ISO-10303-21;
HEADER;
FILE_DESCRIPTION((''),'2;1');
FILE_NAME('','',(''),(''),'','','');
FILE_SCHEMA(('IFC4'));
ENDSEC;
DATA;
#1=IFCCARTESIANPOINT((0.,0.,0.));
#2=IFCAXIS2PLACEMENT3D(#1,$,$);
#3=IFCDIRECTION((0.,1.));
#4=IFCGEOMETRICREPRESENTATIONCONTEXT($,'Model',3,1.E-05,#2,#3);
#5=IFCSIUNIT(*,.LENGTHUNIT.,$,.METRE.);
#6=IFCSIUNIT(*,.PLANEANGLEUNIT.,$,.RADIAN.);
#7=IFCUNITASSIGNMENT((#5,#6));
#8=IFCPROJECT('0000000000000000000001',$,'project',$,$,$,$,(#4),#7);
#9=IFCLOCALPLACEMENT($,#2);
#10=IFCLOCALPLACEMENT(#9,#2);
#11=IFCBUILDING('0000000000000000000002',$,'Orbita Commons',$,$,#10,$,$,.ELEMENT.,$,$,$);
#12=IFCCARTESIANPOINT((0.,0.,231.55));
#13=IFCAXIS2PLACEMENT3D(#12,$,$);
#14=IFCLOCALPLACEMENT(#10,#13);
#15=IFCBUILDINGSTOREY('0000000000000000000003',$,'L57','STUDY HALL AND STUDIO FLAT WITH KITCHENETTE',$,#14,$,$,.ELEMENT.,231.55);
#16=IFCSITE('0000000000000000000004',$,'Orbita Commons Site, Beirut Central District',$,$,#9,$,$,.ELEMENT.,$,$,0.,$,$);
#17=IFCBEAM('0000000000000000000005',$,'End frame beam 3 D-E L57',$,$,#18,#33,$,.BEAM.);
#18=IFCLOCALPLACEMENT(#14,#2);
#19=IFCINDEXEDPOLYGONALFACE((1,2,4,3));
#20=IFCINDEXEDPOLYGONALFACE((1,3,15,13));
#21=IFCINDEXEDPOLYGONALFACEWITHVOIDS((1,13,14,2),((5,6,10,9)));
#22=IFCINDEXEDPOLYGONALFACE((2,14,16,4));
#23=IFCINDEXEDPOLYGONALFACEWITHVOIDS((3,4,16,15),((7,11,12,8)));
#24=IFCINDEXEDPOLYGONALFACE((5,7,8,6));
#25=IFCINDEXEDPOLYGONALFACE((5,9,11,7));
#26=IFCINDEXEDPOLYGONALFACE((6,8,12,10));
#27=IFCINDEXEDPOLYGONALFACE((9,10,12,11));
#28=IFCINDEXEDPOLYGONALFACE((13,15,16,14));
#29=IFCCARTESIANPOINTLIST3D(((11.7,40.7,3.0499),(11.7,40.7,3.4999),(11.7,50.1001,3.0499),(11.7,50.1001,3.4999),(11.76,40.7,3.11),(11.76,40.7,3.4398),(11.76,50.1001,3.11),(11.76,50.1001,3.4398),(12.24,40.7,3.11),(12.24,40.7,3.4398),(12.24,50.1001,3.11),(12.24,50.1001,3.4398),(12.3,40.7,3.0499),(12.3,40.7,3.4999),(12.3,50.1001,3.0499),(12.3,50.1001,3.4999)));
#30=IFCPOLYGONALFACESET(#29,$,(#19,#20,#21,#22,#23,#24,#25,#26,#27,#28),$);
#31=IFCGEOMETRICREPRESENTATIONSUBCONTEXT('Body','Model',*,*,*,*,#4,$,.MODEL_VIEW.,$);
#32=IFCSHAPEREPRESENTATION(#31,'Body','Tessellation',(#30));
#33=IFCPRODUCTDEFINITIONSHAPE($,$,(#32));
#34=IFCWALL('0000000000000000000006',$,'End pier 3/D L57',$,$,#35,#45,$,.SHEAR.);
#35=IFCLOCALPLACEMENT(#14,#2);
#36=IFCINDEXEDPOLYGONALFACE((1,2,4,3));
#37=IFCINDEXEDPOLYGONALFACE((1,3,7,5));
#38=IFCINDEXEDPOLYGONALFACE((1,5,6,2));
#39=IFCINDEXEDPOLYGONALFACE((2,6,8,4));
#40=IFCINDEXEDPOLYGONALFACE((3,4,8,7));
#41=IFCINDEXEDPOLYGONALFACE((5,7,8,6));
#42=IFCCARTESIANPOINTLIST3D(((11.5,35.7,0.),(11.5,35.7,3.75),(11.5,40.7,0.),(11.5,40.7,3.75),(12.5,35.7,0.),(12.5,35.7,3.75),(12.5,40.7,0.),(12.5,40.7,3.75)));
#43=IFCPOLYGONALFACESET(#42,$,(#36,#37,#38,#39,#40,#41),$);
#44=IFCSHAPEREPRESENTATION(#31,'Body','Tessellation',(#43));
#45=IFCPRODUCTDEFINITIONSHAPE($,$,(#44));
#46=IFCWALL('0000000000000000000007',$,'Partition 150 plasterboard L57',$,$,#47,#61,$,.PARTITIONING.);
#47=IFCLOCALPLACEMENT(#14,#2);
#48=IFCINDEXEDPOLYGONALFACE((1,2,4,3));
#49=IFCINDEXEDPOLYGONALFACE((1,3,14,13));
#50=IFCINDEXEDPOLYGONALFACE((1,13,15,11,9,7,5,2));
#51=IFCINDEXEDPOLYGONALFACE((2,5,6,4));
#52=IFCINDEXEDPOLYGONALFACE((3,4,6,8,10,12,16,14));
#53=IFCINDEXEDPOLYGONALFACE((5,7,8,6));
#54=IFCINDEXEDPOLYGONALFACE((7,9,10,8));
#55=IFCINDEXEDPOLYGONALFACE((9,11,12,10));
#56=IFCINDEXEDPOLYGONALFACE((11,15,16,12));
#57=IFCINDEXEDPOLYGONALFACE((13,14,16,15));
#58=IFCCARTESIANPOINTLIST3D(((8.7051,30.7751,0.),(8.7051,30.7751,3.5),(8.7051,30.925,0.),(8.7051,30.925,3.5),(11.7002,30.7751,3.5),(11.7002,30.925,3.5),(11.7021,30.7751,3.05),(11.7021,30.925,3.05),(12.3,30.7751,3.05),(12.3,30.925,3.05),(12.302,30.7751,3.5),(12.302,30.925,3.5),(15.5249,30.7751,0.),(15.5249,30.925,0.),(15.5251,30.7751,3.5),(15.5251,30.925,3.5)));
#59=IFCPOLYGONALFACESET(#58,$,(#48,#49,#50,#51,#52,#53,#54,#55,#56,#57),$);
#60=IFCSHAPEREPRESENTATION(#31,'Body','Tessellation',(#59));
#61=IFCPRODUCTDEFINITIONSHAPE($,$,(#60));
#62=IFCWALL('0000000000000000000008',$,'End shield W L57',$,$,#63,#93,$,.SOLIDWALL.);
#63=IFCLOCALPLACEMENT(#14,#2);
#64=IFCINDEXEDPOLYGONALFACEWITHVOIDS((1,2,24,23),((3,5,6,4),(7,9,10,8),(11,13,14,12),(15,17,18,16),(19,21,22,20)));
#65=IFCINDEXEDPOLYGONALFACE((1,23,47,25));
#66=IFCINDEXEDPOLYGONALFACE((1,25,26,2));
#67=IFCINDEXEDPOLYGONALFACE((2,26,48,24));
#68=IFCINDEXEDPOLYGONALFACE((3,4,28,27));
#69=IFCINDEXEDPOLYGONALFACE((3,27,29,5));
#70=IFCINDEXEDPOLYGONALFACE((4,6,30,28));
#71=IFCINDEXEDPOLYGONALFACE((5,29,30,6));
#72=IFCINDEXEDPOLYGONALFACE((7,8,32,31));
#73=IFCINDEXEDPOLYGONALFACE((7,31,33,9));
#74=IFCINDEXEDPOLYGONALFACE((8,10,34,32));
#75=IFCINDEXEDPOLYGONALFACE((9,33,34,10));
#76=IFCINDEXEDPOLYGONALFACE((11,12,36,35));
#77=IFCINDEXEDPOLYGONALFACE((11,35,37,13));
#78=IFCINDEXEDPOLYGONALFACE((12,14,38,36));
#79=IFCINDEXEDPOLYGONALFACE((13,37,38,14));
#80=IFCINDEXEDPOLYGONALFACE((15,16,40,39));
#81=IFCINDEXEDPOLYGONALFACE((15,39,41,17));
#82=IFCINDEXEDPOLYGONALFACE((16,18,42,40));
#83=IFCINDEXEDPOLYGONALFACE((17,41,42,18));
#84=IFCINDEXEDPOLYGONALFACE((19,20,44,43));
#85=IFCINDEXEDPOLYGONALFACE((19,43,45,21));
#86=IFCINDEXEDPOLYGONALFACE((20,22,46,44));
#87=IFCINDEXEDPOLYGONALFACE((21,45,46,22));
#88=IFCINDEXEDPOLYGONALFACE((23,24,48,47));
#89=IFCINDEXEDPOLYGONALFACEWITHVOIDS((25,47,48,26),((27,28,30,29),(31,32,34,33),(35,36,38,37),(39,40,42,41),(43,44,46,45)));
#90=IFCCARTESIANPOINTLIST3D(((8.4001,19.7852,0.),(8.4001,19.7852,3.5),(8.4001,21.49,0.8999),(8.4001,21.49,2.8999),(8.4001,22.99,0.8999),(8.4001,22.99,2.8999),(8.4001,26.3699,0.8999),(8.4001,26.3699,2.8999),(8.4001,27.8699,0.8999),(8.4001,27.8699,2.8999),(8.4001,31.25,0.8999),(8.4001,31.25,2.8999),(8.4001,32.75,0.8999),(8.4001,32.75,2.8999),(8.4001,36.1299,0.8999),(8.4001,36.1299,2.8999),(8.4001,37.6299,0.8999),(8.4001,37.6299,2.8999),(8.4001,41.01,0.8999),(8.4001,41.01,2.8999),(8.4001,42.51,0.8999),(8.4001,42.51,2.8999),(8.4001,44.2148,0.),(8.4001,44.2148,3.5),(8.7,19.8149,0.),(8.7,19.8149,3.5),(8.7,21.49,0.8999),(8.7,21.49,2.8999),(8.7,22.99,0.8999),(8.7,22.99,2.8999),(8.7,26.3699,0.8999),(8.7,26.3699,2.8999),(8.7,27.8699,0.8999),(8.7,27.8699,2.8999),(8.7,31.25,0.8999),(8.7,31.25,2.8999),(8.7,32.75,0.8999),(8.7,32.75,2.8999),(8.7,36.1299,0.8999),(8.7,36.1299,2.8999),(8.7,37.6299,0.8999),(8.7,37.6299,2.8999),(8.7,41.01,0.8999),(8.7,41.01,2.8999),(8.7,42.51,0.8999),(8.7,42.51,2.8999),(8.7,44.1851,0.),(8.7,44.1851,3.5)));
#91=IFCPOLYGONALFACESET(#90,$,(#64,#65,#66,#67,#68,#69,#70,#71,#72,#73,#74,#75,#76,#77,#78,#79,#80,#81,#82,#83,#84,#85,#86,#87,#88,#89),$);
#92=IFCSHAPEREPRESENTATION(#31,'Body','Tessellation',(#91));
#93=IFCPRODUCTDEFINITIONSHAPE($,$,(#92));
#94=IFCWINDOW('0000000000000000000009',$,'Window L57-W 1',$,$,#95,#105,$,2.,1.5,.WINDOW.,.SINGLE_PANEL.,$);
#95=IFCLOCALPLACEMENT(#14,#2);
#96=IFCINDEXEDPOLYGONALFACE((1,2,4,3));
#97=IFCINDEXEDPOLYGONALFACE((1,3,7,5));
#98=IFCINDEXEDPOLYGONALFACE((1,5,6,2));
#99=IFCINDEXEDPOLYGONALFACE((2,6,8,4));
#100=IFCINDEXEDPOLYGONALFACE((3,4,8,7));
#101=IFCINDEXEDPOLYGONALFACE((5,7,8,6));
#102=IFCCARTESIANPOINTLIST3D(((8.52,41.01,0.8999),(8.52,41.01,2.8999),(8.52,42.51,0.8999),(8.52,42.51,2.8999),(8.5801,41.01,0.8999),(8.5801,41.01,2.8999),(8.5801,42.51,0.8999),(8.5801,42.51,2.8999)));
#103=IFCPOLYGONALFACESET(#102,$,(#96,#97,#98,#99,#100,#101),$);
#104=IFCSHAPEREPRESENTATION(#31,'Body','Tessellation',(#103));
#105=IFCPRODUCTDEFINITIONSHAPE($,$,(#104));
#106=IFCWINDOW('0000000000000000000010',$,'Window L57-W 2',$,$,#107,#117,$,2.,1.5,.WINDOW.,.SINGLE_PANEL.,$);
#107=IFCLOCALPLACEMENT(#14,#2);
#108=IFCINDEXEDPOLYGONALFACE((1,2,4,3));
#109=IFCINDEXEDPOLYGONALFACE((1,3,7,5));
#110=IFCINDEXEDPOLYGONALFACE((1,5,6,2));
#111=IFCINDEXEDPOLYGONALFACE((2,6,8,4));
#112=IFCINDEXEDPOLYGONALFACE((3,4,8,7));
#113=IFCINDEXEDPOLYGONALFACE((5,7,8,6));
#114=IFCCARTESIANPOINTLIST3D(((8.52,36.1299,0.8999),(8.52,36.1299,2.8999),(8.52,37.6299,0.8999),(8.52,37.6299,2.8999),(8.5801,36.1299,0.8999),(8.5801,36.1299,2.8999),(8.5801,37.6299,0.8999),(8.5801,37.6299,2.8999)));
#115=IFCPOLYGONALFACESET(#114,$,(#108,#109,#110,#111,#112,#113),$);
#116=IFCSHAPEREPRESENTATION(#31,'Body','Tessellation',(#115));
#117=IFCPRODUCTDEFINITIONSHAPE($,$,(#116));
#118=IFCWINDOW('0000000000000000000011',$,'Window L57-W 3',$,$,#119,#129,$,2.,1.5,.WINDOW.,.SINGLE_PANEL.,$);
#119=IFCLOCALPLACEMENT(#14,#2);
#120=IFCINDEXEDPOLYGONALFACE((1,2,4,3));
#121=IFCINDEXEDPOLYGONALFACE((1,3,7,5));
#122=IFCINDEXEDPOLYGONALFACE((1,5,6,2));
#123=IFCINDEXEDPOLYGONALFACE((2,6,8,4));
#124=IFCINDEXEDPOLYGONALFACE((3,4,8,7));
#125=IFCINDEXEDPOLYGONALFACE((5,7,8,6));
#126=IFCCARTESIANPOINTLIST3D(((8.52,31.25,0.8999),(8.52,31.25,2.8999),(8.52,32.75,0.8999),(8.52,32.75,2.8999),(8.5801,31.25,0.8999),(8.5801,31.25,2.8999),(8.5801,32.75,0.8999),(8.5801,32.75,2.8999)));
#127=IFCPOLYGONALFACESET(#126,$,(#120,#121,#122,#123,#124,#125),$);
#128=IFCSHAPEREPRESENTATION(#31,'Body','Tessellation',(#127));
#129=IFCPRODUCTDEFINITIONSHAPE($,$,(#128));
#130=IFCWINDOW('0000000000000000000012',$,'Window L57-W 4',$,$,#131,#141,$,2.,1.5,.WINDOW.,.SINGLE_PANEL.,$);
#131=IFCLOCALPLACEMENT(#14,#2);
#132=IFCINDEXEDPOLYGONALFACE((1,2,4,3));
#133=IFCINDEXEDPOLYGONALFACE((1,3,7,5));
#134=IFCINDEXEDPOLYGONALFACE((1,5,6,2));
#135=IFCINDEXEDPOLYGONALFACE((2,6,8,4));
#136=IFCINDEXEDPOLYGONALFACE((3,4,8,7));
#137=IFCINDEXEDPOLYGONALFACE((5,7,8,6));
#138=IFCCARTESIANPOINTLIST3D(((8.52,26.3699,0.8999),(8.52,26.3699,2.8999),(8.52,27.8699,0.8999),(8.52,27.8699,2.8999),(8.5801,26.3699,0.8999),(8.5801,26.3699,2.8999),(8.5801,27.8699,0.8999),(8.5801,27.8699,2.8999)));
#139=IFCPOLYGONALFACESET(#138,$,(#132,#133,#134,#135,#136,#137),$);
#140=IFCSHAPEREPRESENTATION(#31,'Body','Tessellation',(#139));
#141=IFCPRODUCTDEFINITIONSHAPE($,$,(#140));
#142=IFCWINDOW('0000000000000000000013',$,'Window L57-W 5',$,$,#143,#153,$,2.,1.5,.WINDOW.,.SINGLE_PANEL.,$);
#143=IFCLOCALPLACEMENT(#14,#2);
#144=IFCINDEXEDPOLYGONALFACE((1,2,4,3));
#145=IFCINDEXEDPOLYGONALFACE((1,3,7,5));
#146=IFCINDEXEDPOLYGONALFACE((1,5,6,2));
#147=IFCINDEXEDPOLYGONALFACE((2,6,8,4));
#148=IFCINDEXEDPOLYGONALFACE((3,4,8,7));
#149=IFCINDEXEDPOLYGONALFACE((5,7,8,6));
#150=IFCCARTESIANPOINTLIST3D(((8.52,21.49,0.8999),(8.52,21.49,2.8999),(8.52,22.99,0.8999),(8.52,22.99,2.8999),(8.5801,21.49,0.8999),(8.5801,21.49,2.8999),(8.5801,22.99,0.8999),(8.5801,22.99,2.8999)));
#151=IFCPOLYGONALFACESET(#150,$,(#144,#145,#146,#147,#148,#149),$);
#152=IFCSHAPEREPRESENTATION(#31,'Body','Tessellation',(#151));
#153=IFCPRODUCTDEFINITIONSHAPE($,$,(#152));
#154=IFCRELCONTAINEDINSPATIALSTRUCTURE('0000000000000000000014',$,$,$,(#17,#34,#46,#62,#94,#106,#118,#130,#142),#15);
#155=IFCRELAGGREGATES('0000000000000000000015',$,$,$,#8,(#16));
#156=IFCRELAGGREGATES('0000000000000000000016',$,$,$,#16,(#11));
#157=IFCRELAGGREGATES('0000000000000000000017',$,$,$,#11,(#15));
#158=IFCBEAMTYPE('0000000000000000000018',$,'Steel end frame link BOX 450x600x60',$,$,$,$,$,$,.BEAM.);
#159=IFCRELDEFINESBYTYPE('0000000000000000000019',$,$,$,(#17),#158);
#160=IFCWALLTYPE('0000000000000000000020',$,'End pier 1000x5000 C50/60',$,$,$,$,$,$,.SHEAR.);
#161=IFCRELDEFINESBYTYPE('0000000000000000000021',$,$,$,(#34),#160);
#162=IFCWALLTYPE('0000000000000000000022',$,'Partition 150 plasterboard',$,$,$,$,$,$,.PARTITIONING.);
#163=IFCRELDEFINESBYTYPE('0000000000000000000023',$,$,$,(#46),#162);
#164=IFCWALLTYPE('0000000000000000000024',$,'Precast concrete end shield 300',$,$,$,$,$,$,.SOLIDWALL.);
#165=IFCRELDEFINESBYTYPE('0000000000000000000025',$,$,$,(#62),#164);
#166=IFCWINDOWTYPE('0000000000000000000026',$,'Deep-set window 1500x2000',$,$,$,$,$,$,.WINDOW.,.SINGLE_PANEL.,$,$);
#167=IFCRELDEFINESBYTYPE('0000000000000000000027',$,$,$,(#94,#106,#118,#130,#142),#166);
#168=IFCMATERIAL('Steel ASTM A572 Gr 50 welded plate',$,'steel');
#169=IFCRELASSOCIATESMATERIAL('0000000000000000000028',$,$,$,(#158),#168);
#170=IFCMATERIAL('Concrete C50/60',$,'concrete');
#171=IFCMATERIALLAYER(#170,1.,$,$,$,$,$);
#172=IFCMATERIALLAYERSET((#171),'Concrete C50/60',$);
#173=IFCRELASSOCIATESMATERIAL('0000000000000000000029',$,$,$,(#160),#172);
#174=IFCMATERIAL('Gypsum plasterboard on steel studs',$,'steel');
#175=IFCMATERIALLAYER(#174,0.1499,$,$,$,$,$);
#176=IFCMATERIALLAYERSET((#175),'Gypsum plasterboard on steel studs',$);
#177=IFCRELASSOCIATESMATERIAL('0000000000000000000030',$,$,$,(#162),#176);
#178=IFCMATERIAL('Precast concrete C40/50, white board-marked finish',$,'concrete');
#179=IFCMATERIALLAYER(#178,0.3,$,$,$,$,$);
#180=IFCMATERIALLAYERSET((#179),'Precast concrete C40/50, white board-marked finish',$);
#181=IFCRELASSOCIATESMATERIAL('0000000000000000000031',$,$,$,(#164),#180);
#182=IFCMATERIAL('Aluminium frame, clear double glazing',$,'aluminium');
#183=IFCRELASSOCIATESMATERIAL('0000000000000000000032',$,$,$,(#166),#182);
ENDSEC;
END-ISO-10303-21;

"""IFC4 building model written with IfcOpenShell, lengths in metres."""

from ifc_helpers import new_model, si_unit, direction, frame, frame_2d, origin, origin_2d, place, context, subcontext, project, spatial, polyline, rectangle, hollow_rectangle, outline, extrude, material, layer, layer_set, material_profile, profile_set, type_object, element, fill, save


model = new_model("IFC4")

# Units and contexts
model_context = context("Model", 3, precision=1e-05, world=origin(), true_north=direction((0.0, 1.0)))
body_context = subcontext(model_context, "Body", "Model", "MODEL_VIEW")
ifc_project = project(units=[si_unit("LENGTHUNIT", "METRE"), si_unit("PLANEANGLEUNIT", "RADIAN")], contexts=[model_context])

# Site, building, storey
site_placement = place(None, origin())
site = spatial("IfcSite", under=ifc_project, at=site_placement, Name="Orbita Commons Site, Beirut Central District", CompositionType="ELEMENT", RefElevation=0.0)
building_placement = place(site_placement, origin())
building = spatial("IfcBuilding", under=site, at=building_placement, Name="Orbita Commons", CompositionType="ELEMENT")
storey_placement = place(building_placement, frame((0.0, 0.0, 231.55)))
storey = spatial("IfcBuildingStorey", under=building, at=storey_placement, Name="L57", Description="STUDY HALL AND STUDIO FLAT WITH KITCHENETTE", CompositionType="ELEMENT", Elevation=231.55)

# Beam
ifc_material_1 = material(Name="Steel ASTM A572 Gr 50 welded plate", Category="steel")
ifc_material_profile = material_profile(ifc_material_1, hollow_rectangle(XDim=0.6001, YDim=0.45, WallThickness=0.0601, at=origin_2d()), Name="BOX 450x600x60")
ifc_profile_set = profile_set([ifc_material_profile], Name="Steel ASTM A572 Gr 50 welded plate")
beam_type = type_object("IfcBeamType", Name="Steel end frame link BOX 450x600x60", PredefinedType="BEAM", material=ifc_profile_set)
beam_placement = place(storey_placement, frame((12.0, 40.7, 3.2749), z_axis=(0.0, 1.0, 0.0), x_axis=(-1.0, 0.0, 0.0)))
element("IfcBeam", 1, at=beam_placement, inside=storey, type_object=beam_type, Name="End frame beam 3 D-E L57", PredefinedType="BEAM", context=body_context, shape_type="SweptSolid", body=[
    extrude(hollow_rectangle(XDim=0.6001, YDim=0.45, WallThickness=0.0601, at=origin_2d()), origin(), (0.0, 0.0, 1.0), 9.4001),
])

# Walls
ifc_material_2 = material(Name="Concrete C50/60", Category="concrete")
ifc_layer_1 = layer(ifc_material_2, 1.0)
ifc_layer_set_1 = layer_set([ifc_layer_1], Name="Concrete C50/60")
wall_type_1 = type_object("IfcWallType", Name="End pier 1000x5000 C50/60", PredefinedType="SHEAR", material=ifc_layer_set_1)
wall_1_placement = place(storey_placement, frame((12.0, 35.7, 0.0), z_axis=(0.0, 0.0, 1.0), x_axis=(0.0, 1.0, 0.0)))
element("IfcWall", 2, at=wall_1_placement, inside=storey, type_object=wall_type_1, Name="End pier 3/D L57", PredefinedType="SHEAR", context=body_context, shape_type="SweptSolid", body=[
    extrude(rectangle(XDim=5.0, YDim=1.0, at=frame_2d((2.5, 0.0))), origin(), (0.0, 0.0, 1.0), 3.75),
])
ifc_material_3 = material(Name="Gypsum plasterboard on steel studs", Category="steel")
ifc_layer_2 = layer(ifc_material_3, 0.1499)
ifc_layer_set_2 = layer_set([ifc_layer_2], Name="Gypsum plasterboard on steel studs")
wall_type_2 = type_object("IfcWallType", Name="Partition 150 plasterboard", PredefinedType="PARTITIONING", material=ifc_layer_set_2)
wall_2_placement = place(storey_placement, frame((8.7051, 30.8501, 0.0), z_axis=(0.0, 0.0, 1.0), x_axis=(1.0, 0.0, 0.0)))
element("IfcWall", 3, at=wall_2_placement, inside=storey, type_object=wall_type_2, Name="Partition 150 plasterboard L57", PredefinedType="PARTITIONING", context=body_context, shape_type="SweptSolid", body=[
    extrude(outline(polyline([(0.0, 0.0), (6.8198, 0.0), (6.8201, 3.5), (3.5969, 3.5), (3.595, 3.05), (2.9971, 3.05), (2.9951, 3.5), (0.0, 3.5), (0.0, 0.0)])), frame((0.0, 0.075, 0.0), z_axis=(0.0, -1.0, 0.0), x_axis=(1.0, 0.0, 0.0)), (0.0, 0.0, 1.0), 0.1499),
])

# Wall, openings, windows
ifc_material_4 = material(Name="Precast concrete C40/50, white board-marked finish", Category="concrete")
ifc_layer_3 = layer(ifc_material_4, 0.3)
ifc_layer_set_3 = layer_set([ifc_layer_3], Name="Precast concrete C40/50, white board-marked finish")
wall_type_3 = type_object("IfcWallType", Name="Precast concrete end shield 300", PredefinedType="SOLIDWALL", material=ifc_layer_set_3)
wall_3_placement = place(storey_placement, frame((8.55, 44.2, 0.0), z_axis=(0.0, 0.0, 1.0), x_axis=(0.0, -1.0, 0.0)))
wall_3 = element("IfcWall", 4, at=wall_3_placement, inside=storey, type_object=wall_type_3, Name="End shield W L57", PredefinedType="SOLIDWALL", context=body_context, shape_type="SweptSolid", body=[
    extrude(outline(polyline([(-0.0149, -0.1499), (24.4148, -0.1499), (24.385, 0.1499), (0.0149, 0.1499), (-0.0149, -0.1499)])), origin(), (0.0, 0.0, 1.0), 3.5),
])
opening_1_placement = place(wall_3_placement, frame((1.6899, 0.0, 0.8999)))
opening_1 = element("IfcOpeningElement", 5, at=opening_1_placement, cuts=wall_3, PredefinedType="OPENING", context=body_context, shape_type="SweptSolid", body=[
    extrude(rectangle(XDim=1.5, YDim=2.0, at=frame_2d((0.75, 1.0))), frame((0.0, 0.1599, 0.0), z_axis=(0.0, -1.0, 0.0), x_axis=(1.0, 0.0, 0.0)), (0.0, 0.0, 1.0), 0.3201),
])
opening_2_placement = place(wall_3_placement, frame((6.5701, 0.0, 0.8999)))
opening_2 = element("IfcOpeningElement", 6, at=opening_2_placement, cuts=wall_3, PredefinedType="OPENING", context=body_context, shape_type="SweptSolid", body=[
    extrude(rectangle(XDim=1.5, YDim=2.0, at=frame_2d((0.75, 1.0))), frame((0.0, 0.1599, 0.0), z_axis=(0.0, -1.0, 0.0), x_axis=(1.0, 0.0, 0.0)), (0.0, 0.0, 1.0), 0.3201),
])
opening_3_placement = place(wall_3_placement, frame((11.45, 0.0, 0.8999)))
opening_3 = element("IfcOpeningElement", 7, at=opening_3_placement, cuts=wall_3, PredefinedType="OPENING", context=body_context, shape_type="SweptSolid", body=[
    extrude(rectangle(XDim=1.5, YDim=2.0, at=frame_2d((0.75, 1.0))), frame((0.0, 0.1599, 0.0), z_axis=(0.0, -1.0, 0.0), x_axis=(1.0, 0.0, 0.0)), (0.0, 0.0, 1.0), 0.3201),
])
opening_4_placement = place(wall_3_placement, frame((16.3301, 0.0, 0.8999)))
opening_4 = element("IfcOpeningElement", 8, at=opening_4_placement, cuts=wall_3, PredefinedType="OPENING", context=body_context, shape_type="SweptSolid", body=[
    extrude(rectangle(XDim=1.5, YDim=2.0, at=frame_2d((0.75, 1.0))), frame((0.0, 0.1599, 0.0), z_axis=(0.0, -1.0, 0.0), x_axis=(1.0, 0.0, 0.0)), (0.0, 0.0, 1.0), 0.3201),
])
opening_5_placement = place(wall_3_placement, frame((21.21, 0.0, 0.8999)))
opening_5 = element("IfcOpeningElement", 9, at=opening_5_placement, cuts=wall_3, PredefinedType="OPENING", context=body_context, shape_type="SweptSolid", body=[
    extrude(rectangle(XDim=1.5, YDim=2.0, at=frame_2d((0.75, 1.0))), frame((0.0, 0.1599, 0.0), z_axis=(0.0, -1.0, 0.0), x_axis=(1.0, 0.0, 0.0)), (0.0, 0.0, 1.0), 0.3201),
])
ifc_material_5 = material(Name="Aluminium frame, clear double glazing", Category="aluminium")
window_type = type_object("IfcWindowType", Name="Deep-set window 1500x2000", PartitioningType="SINGLE_PANEL", PredefinedType="WINDOW", material=ifc_material_5)
window_1_placement = place(opening_1_placement, origin())
window_1 = element("IfcWindow", 10, at=window_1_placement, inside=storey, type_object=window_type, Name="Window L57-W 1", OverallHeight=2.0, OverallWidth=1.5, PartitioningType="SINGLE_PANEL", PredefinedType="WINDOW", context=body_context, shape_type="SweptSolid", body=[
    extrude(rectangle(XDim=1.5, YDim=2.0, at=frame_2d((0.75, 1.0))), frame((0.0, 0.03, 0.0), z_axis=(0.0, -1.0, 0.0), x_axis=(1.0, 0.0, 0.0)), (0.0, 0.0, 1.0), 0.0601),
])
fill(opening_1, window_1)
window_2_placement = place(opening_2_placement, origin())
window_2 = element("IfcWindow", 11, at=window_2_placement, inside=storey, type_object=window_type, Name="Window L57-W 2", OverallHeight=2.0, OverallWidth=1.5, PartitioningType="SINGLE_PANEL", PredefinedType="WINDOW", context=body_context, shape_type="SweptSolid", body=[
    extrude(rectangle(XDim=1.5, YDim=2.0, at=frame_2d((0.75, 1.0))), frame((0.0, 0.03, 0.0), z_axis=(0.0, -1.0, 0.0), x_axis=(1.0, 0.0, 0.0)), (0.0, 0.0, 1.0), 0.0601),
])
fill(opening_2, window_2)
window_3_placement = place(opening_3_placement, origin())
window_3 = element("IfcWindow", 12, at=window_3_placement, inside=storey, type_object=window_type, Name="Window L57-W 3", OverallHeight=2.0, OverallWidth=1.5, PartitioningType="SINGLE_PANEL", PredefinedType="WINDOW", context=body_context, shape_type="SweptSolid", body=[
    extrude(rectangle(XDim=1.5, YDim=2.0, at=frame_2d((0.75, 1.0))), frame((0.0, 0.03, 0.0), z_axis=(0.0, -1.0, 0.0), x_axis=(1.0, 0.0, 0.0)), (0.0, 0.0, 1.0), 0.0601),
])
fill(opening_3, window_3)
window_4_placement = place(opening_4_placement, origin())
window_4 = element("IfcWindow", 13, at=window_4_placement, inside=storey, type_object=window_type, Name="Window L57-W 4", OverallHeight=2.0, OverallWidth=1.5, PartitioningType="SINGLE_PANEL", PredefinedType="WINDOW", context=body_context, shape_type="SweptSolid", body=[
    extrude(rectangle(XDim=1.5, YDim=2.0, at=frame_2d((0.75, 1.0))), frame((0.0, 0.03, 0.0), z_axis=(0.0, -1.0, 0.0), x_axis=(1.0, 0.0, 0.0)), (0.0, 0.0, 1.0), 0.0601),
])
fill(opening_4, window_4)
window_5_placement = place(opening_5_placement, origin())
window_5 = element("IfcWindow", 14, at=window_5_placement, inside=storey, type_object=window_type, Name="Window L57-W 5", OverallHeight=2.0, OverallWidth=1.5, PartitioningType="SINGLE_PANEL", PredefinedType="WINDOW", context=body_context, shape_type="SweptSolid", body=[
    extrude(rectangle(XDim=1.5, YDim=2.0, at=frame_2d((0.75, 1.0))), frame((0.0, 0.03, 0.0), z_axis=(0.0, -1.0, 0.0), x_axis=(1.0, 0.0, 0.0)), (0.0, 0.0, 1.0), 0.0601),
])
fill(opening_5, window_5)

save(model, "model.ifc")
